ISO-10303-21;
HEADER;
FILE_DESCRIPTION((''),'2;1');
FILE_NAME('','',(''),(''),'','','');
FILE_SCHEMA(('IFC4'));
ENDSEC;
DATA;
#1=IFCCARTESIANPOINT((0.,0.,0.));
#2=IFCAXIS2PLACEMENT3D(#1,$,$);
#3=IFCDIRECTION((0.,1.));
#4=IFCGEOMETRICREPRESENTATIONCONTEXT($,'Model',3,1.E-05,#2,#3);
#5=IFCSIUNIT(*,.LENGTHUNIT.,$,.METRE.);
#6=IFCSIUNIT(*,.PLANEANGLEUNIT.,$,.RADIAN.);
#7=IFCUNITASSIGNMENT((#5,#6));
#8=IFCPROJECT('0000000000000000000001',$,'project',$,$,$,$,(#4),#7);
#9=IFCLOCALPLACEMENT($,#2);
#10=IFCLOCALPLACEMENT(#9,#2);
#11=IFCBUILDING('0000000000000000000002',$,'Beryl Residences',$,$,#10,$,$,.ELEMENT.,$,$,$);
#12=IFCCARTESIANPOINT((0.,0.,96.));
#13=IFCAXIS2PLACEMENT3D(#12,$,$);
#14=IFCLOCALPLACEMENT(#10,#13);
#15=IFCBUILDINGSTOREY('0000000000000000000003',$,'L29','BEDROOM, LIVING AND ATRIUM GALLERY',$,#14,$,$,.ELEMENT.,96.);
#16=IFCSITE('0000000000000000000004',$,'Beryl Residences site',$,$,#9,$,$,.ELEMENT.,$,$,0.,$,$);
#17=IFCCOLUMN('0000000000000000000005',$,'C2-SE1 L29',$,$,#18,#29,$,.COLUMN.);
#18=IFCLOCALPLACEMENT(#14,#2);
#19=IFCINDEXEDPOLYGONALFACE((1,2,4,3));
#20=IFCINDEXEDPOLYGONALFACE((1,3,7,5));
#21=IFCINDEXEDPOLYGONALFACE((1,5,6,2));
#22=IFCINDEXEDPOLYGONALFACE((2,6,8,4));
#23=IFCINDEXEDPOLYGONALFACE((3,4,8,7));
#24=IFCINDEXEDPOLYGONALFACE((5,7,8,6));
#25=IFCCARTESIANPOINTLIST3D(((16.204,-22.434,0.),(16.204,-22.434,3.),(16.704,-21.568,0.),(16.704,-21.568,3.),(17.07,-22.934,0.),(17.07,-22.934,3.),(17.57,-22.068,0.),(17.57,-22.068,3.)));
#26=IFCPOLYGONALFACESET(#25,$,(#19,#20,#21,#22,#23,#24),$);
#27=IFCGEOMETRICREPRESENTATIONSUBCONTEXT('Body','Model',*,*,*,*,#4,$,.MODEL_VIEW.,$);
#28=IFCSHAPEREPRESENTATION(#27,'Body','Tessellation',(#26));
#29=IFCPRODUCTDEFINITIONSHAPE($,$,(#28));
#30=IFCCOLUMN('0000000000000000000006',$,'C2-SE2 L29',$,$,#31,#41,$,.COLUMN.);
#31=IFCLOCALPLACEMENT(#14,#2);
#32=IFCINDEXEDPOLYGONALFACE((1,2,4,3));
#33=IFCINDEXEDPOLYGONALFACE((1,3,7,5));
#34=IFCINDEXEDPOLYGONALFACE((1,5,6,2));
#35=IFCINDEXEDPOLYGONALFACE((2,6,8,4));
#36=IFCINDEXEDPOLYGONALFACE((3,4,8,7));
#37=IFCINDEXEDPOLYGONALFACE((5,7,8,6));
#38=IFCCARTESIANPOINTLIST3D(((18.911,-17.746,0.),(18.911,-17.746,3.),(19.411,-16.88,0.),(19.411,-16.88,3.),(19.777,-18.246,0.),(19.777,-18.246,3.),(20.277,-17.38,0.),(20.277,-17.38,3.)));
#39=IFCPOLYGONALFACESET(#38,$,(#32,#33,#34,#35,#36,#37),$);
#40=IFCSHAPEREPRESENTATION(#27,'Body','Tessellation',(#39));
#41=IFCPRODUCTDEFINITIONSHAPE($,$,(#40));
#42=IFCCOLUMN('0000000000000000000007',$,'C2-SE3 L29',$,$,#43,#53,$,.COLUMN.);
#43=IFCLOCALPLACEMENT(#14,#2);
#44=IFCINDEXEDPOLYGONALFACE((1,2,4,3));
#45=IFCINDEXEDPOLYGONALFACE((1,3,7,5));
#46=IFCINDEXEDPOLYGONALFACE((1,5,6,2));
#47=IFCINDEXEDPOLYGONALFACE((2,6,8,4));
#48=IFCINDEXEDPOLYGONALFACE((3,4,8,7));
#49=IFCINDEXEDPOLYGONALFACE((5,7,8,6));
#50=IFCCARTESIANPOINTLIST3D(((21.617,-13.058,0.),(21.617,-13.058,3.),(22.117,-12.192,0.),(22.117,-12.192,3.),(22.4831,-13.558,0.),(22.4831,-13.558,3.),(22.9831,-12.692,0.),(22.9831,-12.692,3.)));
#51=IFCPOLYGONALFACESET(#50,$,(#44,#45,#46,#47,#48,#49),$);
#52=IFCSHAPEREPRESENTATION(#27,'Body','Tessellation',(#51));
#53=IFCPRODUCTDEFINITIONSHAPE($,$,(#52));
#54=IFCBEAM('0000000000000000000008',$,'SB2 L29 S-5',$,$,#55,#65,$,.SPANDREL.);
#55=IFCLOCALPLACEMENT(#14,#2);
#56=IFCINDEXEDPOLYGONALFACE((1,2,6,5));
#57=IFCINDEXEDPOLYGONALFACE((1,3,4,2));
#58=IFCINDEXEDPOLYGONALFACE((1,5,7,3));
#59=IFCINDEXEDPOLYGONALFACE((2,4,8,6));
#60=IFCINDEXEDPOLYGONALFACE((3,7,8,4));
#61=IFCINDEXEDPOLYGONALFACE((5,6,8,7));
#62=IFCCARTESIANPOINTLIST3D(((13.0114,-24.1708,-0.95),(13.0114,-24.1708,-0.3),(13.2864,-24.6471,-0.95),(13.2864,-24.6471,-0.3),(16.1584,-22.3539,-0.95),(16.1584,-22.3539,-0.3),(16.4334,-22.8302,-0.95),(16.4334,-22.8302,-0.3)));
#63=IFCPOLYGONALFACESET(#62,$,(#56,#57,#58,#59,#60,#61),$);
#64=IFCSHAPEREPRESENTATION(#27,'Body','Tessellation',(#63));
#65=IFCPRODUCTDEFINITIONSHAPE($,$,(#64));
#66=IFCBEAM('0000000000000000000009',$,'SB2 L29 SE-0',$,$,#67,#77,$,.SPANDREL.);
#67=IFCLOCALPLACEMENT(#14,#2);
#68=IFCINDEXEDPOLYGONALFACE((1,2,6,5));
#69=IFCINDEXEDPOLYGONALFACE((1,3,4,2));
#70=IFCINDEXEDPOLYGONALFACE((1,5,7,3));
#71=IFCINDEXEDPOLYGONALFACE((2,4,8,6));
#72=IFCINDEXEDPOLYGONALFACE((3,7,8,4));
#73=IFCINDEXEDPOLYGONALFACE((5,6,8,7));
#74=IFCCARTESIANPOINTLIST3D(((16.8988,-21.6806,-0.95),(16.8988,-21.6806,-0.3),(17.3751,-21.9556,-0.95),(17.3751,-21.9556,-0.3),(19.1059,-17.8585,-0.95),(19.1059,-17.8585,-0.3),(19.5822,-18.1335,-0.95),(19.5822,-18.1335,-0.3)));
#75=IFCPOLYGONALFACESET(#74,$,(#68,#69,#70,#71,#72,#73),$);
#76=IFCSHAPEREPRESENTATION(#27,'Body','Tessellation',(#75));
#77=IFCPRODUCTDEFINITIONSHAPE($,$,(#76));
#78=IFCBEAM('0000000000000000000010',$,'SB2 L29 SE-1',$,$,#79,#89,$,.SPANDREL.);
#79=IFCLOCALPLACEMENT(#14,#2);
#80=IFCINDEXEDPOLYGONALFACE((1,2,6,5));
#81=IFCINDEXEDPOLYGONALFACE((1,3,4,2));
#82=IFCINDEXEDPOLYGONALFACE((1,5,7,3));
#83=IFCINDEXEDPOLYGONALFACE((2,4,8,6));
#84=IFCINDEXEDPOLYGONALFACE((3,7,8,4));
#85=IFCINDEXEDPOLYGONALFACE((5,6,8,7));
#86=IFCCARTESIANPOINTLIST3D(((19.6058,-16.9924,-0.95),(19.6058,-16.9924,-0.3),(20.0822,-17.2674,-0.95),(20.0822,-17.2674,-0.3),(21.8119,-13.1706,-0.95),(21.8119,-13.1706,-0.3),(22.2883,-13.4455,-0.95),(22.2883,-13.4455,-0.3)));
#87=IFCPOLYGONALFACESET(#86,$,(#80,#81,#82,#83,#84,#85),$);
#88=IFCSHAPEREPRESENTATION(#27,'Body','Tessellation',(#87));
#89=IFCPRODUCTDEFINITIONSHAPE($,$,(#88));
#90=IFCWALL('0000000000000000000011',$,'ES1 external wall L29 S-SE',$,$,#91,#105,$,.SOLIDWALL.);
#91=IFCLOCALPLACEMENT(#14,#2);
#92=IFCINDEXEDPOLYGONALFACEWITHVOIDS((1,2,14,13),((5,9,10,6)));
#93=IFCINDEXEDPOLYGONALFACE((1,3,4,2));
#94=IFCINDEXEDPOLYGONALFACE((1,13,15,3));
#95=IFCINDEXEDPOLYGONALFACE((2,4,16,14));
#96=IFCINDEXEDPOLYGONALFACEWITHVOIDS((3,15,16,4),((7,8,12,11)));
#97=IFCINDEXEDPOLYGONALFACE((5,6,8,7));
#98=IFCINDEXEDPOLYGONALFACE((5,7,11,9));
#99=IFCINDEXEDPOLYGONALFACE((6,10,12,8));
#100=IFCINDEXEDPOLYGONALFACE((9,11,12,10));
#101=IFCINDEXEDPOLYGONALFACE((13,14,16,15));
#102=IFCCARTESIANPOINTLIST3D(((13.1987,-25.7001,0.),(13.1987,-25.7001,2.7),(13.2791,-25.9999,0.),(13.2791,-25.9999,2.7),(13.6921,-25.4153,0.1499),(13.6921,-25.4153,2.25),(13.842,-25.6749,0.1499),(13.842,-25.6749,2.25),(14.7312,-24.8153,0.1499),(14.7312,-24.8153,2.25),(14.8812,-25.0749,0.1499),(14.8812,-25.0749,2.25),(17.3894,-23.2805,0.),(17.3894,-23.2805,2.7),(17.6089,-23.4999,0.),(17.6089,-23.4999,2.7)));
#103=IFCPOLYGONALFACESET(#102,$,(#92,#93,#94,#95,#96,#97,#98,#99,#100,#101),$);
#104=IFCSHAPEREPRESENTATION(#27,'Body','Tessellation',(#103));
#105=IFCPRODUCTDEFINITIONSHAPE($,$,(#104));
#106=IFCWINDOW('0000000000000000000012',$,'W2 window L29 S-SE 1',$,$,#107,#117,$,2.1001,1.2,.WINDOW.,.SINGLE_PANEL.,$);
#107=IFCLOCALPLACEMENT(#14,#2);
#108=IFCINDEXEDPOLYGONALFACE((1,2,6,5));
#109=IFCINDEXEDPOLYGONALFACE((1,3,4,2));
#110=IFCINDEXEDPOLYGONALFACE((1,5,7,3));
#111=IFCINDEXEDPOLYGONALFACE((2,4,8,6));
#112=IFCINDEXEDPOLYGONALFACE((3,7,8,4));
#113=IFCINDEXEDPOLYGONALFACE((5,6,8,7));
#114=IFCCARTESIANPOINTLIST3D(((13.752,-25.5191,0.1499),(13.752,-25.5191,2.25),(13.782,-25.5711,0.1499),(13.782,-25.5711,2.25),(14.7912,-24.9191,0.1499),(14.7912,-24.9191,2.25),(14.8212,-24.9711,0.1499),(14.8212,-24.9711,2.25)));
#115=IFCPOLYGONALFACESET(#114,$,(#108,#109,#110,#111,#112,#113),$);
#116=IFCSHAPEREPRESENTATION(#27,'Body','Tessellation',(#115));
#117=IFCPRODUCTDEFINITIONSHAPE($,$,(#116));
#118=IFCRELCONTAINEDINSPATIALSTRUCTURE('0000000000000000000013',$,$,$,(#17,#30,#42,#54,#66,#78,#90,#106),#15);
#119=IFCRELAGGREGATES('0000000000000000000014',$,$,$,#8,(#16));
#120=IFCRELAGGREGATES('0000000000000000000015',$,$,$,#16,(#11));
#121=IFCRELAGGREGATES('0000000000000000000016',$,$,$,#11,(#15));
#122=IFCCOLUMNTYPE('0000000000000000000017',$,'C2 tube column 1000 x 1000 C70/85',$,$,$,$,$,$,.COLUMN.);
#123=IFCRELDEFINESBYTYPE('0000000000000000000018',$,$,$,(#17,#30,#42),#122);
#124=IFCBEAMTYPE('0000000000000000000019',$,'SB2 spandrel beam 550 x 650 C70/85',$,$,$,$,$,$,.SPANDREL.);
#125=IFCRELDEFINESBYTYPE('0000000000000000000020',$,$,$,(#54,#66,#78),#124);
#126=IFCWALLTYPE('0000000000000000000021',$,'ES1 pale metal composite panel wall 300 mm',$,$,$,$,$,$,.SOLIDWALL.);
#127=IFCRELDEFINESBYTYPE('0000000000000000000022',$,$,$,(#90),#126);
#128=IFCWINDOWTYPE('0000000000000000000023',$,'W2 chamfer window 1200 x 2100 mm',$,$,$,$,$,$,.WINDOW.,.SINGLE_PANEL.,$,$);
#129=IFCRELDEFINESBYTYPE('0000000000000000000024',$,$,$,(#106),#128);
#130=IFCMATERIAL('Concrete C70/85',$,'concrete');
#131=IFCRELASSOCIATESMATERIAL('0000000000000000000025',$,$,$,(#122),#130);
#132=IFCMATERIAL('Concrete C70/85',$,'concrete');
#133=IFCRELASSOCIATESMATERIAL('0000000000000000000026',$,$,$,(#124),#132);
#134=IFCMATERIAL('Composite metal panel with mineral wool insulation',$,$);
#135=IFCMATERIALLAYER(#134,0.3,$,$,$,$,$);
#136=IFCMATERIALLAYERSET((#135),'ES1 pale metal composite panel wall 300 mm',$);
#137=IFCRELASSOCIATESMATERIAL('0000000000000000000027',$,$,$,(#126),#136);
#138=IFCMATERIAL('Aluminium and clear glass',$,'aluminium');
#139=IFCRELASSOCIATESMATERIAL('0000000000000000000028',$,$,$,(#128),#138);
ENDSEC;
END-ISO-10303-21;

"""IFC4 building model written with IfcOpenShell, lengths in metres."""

from ifc_helpers import new_model, si_unit, direction, frame, frame_2d, origin, origin_2d, place, context, subcontext, project, spatial, polyline, rectangle, outline, extrude, material, layer, layer_set, material_profile, profile_set, type_object, element, fill, save


model = new_model("IFC4")

# Units and contexts
model_context = context("Model", 3, precision=1e-05, world=origin(), true_north=direction((0.0, 1.0)))
body_context = subcontext(model_context, "Body", "Model", "MODEL_VIEW")
ifc_project = project(units=[si_unit("LENGTHUNIT", "METRE"), si_unit("PLANEANGLEUNIT", "RADIAN")], contexts=[model_context])

# Site, building, storey
site_placement = place(None, origin())
site = spatial("IfcSite", under=ifc_project, at=site_placement, Name="Beryl Residences site", CompositionType="ELEMENT", RefElevation=0.0)
building_placement = place(site_placement, origin())
building = spatial("IfcBuilding", under=site, at=building_placement, Name="Beryl Residences", CompositionType="ELEMENT")
storey_placement = place(building_placement, frame((0.0, 0.0, 96.0)))
storey = spatial("IfcBuildingStorey", under=building, at=storey_placement, Name="L29", Description="BEDROOM, LIVING AND ATRIUM GALLERY", CompositionType="ELEMENT", Elevation=96.0)

# Columns
ifc_material_1 = material(Name="Concrete C70/85", Category="concrete")
ifc_material_profile_1 = material_profile(ifc_material_1, rectangle(XDim=1.0, YDim=1.0, at=origin_2d()))
ifc_profile_set_1 = profile_set([ifc_material_profile_1], Name="Concrete C70/85")
column_type = type_object("IfcColumnType", Name="C2 tube column 1000 x 1000 C70/85", PredefinedType="COLUMN", material=ifc_profile_set_1)
for number, where, z_axis, x_axis, name in (
    (1, (16.887, -22.251, 0.0), (0.0, 0.0, 1.0), (0.5, 0.866025, 0.0), "C2-SE1 L29"),
    (2, (19.594, -17.563, 0.0), (0.0, 0.0, 1.0), (0.5, 0.866025, 0.0), "C2-SE2 L29"),
    (3, (22.3, -12.875, 0.0), (0.0, 0.0, 1.0), (0.5, 0.866025, 0.0), "C2-SE3 L29"),
):
    element("IfcColumn", number, at=place(storey_placement, frame(where, z_axis=z_axis, x_axis=x_axis)), inside=storey, type_object=column_type, Name=name, PredefinedType="COLUMN", context=body_context, shape_type="SweptSolid", body=[
        extrude(rectangle(XDim=1.0, YDim=1.0, at=origin_2d()), origin(), (0.0, 0.0, 1.0), 3.0),
    ])

# Beams
ifc_material_2 = material(Name="Concrete C70/85", Category="concrete")
ifc_material_profile_2 = material_profile(ifc_material_2, rectangle(XDim=0.55, YDim=0.6499, at=origin_2d()))
ifc_profile_set_2 = profile_set([ifc_material_profile_2], Name="Concrete C70/85")
beam_type = type_object("IfcBeamType", Name="SB2 spandrel beam 550 x 650 C70/85", PredefinedType="SPANDREL", material=ifc_profile_set_2)
beam_1_placement = place(storey_placement, frame((13.1489, -24.4089, -0.625), z_axis=(0.866027, 0.499998, 0.0), x_axis=(-0.499998, 0.866027, 0.0)))
element("IfcBeam", 4, at=beam_1_placement, inside=storey, type_object=beam_type, Name="SB2 L29 S-5", PredefinedType="SPANDREL", context=body_context, shape_type="SweptSolid", body=[
    extrude(rectangle(XDim=0.55, YDim=0.6499, at=origin_2d()), origin(), (0.0, 0.0, 1.0), 3.6338),
])
beam_2_placement = place(storey_placement, frame((17.137, -21.8181, -0.625), z_axis=(0.500066, 0.865988, 0.0), x_axis=(-0.865988, 0.500066, 0.0)))
element("IfcBeam", 5, at=beam_2_placement, inside=storey, type_object=beam_type, Name="SB2 L29 SE-0", PredefinedType="SPANDREL", context=body_context, shape_type="SweptSolid", body=[
    extrude(rectangle(XDim=0.55, YDim=0.6499, at=origin_2d()), origin(), (0.0, 0.0, 1.0), 4.4136),
])
beam_3_placement = place(storey_placement, frame((19.844, -17.1299, -0.625), z_axis=(0.499924, 0.86607, 0.0), x_axis=(-0.86607, 0.499924, 0.0)))
element("IfcBeam", 6, at=beam_3_placement, inside=storey, type_object=beam_type, Name="SB2 L29 SE-1", PredefinedType="SPANDREL", context=body_context, shape_type="SweptSolid", body=[
    extrude(rectangle(XDim=0.55, YDim=0.6499, at=origin_2d()), origin(), (0.0, 0.0, 1.0), 4.4128),
])

# Wall, opening, window
ifc_material_3 = material(Name="Composite metal panel with mineral wool insulation")
ifc_layer_1 = layer(ifc_material_3, 0.3)
ifc_layer_set_1 = layer_set([ifc_layer_1], Name="ES1 pale metal composite panel wall 300 mm")
wall_type_1 = type_object("IfcWallType", Name="ES1 pale metal composite panel wall 300 mm", PredefinedType="SOLIDWALL", material=ifc_layer_set_1)
wall_1_placement = place(storey_placement, frame((13.2041, -25.8701, 0.0), z_axis=(0.0, 0.0, 1.0), x_axis=(0.866011, 0.500025, 0.0)))
wall_1 = element("IfcWall", 7, at=wall_1_placement, inside=storey, type_object=wall_type_1, Name="ES1 external wall L29 S-SE", PredefinedType="SOLIDWALL", context=body_context, shape_type="SweptSolid", body=[
    extrude(outline(polyline([(0.0, -0.1499), (4.9998, -0.1499), (4.9194, 0.1499), (0.0803, 0.1499), (0.0, -0.1499)])), origin(), (0.0, 0.0, 1.0), 2.7),
])
opening_1_placement = place(wall_1_placement, frame((0.6499, 0.0, 0.1499)))
opening_1 = element("IfcOpeningElement", 8, at=opening_1_placement, cuts=wall_1, PredefinedType="OPENING", context=body_context, shape_type="SweptSolid", body=[
    extrude(rectangle(XDim=1.2, YDim=2.1001, at=frame_2d((0.6001, 1.05))), frame((0.0, 0.1599, 0.0), z_axis=(0.0, -1.0, 0.0), x_axis=(1.0, 0.0, 0.0)), (0.0, 0.0, 1.0), 0.3201),
])
ifc_material_4 = material(Name="Aluminium and clear glass", Category="aluminium")
window_type_1 = type_object("IfcWindowType", Name="W2 chamfer window 1200 x 2100 mm", PartitioningType="SINGLE_PANEL", PredefinedType="WINDOW", material=ifc_material_4)
window_1_placement = place(opening_1_placement, origin())
window_1 = element("IfcWindow", 9, at=window_1_placement, inside=storey, type_object=window_type_1, Name="W2 window L29 S-SE 1", OverallHeight=2.1001, OverallWidth=1.2, PartitioningType="SINGLE_PANEL", PredefinedType="WINDOW", context=body_context, shape_type="SweptSolid", body=[
    extrude(rectangle(XDim=1.2, YDim=2.1001, at=frame_2d((0.6001, 1.05))), frame((0.0, 0.03, 0.0), z_axis=(0.0, -1.0, 0.0), x_axis=(1.0, 0.0, 0.0)), (0.0, 0.0, 1.0), 0.0601),
])
fill(opening_1, window_1)

save(model, "model.ifc")
